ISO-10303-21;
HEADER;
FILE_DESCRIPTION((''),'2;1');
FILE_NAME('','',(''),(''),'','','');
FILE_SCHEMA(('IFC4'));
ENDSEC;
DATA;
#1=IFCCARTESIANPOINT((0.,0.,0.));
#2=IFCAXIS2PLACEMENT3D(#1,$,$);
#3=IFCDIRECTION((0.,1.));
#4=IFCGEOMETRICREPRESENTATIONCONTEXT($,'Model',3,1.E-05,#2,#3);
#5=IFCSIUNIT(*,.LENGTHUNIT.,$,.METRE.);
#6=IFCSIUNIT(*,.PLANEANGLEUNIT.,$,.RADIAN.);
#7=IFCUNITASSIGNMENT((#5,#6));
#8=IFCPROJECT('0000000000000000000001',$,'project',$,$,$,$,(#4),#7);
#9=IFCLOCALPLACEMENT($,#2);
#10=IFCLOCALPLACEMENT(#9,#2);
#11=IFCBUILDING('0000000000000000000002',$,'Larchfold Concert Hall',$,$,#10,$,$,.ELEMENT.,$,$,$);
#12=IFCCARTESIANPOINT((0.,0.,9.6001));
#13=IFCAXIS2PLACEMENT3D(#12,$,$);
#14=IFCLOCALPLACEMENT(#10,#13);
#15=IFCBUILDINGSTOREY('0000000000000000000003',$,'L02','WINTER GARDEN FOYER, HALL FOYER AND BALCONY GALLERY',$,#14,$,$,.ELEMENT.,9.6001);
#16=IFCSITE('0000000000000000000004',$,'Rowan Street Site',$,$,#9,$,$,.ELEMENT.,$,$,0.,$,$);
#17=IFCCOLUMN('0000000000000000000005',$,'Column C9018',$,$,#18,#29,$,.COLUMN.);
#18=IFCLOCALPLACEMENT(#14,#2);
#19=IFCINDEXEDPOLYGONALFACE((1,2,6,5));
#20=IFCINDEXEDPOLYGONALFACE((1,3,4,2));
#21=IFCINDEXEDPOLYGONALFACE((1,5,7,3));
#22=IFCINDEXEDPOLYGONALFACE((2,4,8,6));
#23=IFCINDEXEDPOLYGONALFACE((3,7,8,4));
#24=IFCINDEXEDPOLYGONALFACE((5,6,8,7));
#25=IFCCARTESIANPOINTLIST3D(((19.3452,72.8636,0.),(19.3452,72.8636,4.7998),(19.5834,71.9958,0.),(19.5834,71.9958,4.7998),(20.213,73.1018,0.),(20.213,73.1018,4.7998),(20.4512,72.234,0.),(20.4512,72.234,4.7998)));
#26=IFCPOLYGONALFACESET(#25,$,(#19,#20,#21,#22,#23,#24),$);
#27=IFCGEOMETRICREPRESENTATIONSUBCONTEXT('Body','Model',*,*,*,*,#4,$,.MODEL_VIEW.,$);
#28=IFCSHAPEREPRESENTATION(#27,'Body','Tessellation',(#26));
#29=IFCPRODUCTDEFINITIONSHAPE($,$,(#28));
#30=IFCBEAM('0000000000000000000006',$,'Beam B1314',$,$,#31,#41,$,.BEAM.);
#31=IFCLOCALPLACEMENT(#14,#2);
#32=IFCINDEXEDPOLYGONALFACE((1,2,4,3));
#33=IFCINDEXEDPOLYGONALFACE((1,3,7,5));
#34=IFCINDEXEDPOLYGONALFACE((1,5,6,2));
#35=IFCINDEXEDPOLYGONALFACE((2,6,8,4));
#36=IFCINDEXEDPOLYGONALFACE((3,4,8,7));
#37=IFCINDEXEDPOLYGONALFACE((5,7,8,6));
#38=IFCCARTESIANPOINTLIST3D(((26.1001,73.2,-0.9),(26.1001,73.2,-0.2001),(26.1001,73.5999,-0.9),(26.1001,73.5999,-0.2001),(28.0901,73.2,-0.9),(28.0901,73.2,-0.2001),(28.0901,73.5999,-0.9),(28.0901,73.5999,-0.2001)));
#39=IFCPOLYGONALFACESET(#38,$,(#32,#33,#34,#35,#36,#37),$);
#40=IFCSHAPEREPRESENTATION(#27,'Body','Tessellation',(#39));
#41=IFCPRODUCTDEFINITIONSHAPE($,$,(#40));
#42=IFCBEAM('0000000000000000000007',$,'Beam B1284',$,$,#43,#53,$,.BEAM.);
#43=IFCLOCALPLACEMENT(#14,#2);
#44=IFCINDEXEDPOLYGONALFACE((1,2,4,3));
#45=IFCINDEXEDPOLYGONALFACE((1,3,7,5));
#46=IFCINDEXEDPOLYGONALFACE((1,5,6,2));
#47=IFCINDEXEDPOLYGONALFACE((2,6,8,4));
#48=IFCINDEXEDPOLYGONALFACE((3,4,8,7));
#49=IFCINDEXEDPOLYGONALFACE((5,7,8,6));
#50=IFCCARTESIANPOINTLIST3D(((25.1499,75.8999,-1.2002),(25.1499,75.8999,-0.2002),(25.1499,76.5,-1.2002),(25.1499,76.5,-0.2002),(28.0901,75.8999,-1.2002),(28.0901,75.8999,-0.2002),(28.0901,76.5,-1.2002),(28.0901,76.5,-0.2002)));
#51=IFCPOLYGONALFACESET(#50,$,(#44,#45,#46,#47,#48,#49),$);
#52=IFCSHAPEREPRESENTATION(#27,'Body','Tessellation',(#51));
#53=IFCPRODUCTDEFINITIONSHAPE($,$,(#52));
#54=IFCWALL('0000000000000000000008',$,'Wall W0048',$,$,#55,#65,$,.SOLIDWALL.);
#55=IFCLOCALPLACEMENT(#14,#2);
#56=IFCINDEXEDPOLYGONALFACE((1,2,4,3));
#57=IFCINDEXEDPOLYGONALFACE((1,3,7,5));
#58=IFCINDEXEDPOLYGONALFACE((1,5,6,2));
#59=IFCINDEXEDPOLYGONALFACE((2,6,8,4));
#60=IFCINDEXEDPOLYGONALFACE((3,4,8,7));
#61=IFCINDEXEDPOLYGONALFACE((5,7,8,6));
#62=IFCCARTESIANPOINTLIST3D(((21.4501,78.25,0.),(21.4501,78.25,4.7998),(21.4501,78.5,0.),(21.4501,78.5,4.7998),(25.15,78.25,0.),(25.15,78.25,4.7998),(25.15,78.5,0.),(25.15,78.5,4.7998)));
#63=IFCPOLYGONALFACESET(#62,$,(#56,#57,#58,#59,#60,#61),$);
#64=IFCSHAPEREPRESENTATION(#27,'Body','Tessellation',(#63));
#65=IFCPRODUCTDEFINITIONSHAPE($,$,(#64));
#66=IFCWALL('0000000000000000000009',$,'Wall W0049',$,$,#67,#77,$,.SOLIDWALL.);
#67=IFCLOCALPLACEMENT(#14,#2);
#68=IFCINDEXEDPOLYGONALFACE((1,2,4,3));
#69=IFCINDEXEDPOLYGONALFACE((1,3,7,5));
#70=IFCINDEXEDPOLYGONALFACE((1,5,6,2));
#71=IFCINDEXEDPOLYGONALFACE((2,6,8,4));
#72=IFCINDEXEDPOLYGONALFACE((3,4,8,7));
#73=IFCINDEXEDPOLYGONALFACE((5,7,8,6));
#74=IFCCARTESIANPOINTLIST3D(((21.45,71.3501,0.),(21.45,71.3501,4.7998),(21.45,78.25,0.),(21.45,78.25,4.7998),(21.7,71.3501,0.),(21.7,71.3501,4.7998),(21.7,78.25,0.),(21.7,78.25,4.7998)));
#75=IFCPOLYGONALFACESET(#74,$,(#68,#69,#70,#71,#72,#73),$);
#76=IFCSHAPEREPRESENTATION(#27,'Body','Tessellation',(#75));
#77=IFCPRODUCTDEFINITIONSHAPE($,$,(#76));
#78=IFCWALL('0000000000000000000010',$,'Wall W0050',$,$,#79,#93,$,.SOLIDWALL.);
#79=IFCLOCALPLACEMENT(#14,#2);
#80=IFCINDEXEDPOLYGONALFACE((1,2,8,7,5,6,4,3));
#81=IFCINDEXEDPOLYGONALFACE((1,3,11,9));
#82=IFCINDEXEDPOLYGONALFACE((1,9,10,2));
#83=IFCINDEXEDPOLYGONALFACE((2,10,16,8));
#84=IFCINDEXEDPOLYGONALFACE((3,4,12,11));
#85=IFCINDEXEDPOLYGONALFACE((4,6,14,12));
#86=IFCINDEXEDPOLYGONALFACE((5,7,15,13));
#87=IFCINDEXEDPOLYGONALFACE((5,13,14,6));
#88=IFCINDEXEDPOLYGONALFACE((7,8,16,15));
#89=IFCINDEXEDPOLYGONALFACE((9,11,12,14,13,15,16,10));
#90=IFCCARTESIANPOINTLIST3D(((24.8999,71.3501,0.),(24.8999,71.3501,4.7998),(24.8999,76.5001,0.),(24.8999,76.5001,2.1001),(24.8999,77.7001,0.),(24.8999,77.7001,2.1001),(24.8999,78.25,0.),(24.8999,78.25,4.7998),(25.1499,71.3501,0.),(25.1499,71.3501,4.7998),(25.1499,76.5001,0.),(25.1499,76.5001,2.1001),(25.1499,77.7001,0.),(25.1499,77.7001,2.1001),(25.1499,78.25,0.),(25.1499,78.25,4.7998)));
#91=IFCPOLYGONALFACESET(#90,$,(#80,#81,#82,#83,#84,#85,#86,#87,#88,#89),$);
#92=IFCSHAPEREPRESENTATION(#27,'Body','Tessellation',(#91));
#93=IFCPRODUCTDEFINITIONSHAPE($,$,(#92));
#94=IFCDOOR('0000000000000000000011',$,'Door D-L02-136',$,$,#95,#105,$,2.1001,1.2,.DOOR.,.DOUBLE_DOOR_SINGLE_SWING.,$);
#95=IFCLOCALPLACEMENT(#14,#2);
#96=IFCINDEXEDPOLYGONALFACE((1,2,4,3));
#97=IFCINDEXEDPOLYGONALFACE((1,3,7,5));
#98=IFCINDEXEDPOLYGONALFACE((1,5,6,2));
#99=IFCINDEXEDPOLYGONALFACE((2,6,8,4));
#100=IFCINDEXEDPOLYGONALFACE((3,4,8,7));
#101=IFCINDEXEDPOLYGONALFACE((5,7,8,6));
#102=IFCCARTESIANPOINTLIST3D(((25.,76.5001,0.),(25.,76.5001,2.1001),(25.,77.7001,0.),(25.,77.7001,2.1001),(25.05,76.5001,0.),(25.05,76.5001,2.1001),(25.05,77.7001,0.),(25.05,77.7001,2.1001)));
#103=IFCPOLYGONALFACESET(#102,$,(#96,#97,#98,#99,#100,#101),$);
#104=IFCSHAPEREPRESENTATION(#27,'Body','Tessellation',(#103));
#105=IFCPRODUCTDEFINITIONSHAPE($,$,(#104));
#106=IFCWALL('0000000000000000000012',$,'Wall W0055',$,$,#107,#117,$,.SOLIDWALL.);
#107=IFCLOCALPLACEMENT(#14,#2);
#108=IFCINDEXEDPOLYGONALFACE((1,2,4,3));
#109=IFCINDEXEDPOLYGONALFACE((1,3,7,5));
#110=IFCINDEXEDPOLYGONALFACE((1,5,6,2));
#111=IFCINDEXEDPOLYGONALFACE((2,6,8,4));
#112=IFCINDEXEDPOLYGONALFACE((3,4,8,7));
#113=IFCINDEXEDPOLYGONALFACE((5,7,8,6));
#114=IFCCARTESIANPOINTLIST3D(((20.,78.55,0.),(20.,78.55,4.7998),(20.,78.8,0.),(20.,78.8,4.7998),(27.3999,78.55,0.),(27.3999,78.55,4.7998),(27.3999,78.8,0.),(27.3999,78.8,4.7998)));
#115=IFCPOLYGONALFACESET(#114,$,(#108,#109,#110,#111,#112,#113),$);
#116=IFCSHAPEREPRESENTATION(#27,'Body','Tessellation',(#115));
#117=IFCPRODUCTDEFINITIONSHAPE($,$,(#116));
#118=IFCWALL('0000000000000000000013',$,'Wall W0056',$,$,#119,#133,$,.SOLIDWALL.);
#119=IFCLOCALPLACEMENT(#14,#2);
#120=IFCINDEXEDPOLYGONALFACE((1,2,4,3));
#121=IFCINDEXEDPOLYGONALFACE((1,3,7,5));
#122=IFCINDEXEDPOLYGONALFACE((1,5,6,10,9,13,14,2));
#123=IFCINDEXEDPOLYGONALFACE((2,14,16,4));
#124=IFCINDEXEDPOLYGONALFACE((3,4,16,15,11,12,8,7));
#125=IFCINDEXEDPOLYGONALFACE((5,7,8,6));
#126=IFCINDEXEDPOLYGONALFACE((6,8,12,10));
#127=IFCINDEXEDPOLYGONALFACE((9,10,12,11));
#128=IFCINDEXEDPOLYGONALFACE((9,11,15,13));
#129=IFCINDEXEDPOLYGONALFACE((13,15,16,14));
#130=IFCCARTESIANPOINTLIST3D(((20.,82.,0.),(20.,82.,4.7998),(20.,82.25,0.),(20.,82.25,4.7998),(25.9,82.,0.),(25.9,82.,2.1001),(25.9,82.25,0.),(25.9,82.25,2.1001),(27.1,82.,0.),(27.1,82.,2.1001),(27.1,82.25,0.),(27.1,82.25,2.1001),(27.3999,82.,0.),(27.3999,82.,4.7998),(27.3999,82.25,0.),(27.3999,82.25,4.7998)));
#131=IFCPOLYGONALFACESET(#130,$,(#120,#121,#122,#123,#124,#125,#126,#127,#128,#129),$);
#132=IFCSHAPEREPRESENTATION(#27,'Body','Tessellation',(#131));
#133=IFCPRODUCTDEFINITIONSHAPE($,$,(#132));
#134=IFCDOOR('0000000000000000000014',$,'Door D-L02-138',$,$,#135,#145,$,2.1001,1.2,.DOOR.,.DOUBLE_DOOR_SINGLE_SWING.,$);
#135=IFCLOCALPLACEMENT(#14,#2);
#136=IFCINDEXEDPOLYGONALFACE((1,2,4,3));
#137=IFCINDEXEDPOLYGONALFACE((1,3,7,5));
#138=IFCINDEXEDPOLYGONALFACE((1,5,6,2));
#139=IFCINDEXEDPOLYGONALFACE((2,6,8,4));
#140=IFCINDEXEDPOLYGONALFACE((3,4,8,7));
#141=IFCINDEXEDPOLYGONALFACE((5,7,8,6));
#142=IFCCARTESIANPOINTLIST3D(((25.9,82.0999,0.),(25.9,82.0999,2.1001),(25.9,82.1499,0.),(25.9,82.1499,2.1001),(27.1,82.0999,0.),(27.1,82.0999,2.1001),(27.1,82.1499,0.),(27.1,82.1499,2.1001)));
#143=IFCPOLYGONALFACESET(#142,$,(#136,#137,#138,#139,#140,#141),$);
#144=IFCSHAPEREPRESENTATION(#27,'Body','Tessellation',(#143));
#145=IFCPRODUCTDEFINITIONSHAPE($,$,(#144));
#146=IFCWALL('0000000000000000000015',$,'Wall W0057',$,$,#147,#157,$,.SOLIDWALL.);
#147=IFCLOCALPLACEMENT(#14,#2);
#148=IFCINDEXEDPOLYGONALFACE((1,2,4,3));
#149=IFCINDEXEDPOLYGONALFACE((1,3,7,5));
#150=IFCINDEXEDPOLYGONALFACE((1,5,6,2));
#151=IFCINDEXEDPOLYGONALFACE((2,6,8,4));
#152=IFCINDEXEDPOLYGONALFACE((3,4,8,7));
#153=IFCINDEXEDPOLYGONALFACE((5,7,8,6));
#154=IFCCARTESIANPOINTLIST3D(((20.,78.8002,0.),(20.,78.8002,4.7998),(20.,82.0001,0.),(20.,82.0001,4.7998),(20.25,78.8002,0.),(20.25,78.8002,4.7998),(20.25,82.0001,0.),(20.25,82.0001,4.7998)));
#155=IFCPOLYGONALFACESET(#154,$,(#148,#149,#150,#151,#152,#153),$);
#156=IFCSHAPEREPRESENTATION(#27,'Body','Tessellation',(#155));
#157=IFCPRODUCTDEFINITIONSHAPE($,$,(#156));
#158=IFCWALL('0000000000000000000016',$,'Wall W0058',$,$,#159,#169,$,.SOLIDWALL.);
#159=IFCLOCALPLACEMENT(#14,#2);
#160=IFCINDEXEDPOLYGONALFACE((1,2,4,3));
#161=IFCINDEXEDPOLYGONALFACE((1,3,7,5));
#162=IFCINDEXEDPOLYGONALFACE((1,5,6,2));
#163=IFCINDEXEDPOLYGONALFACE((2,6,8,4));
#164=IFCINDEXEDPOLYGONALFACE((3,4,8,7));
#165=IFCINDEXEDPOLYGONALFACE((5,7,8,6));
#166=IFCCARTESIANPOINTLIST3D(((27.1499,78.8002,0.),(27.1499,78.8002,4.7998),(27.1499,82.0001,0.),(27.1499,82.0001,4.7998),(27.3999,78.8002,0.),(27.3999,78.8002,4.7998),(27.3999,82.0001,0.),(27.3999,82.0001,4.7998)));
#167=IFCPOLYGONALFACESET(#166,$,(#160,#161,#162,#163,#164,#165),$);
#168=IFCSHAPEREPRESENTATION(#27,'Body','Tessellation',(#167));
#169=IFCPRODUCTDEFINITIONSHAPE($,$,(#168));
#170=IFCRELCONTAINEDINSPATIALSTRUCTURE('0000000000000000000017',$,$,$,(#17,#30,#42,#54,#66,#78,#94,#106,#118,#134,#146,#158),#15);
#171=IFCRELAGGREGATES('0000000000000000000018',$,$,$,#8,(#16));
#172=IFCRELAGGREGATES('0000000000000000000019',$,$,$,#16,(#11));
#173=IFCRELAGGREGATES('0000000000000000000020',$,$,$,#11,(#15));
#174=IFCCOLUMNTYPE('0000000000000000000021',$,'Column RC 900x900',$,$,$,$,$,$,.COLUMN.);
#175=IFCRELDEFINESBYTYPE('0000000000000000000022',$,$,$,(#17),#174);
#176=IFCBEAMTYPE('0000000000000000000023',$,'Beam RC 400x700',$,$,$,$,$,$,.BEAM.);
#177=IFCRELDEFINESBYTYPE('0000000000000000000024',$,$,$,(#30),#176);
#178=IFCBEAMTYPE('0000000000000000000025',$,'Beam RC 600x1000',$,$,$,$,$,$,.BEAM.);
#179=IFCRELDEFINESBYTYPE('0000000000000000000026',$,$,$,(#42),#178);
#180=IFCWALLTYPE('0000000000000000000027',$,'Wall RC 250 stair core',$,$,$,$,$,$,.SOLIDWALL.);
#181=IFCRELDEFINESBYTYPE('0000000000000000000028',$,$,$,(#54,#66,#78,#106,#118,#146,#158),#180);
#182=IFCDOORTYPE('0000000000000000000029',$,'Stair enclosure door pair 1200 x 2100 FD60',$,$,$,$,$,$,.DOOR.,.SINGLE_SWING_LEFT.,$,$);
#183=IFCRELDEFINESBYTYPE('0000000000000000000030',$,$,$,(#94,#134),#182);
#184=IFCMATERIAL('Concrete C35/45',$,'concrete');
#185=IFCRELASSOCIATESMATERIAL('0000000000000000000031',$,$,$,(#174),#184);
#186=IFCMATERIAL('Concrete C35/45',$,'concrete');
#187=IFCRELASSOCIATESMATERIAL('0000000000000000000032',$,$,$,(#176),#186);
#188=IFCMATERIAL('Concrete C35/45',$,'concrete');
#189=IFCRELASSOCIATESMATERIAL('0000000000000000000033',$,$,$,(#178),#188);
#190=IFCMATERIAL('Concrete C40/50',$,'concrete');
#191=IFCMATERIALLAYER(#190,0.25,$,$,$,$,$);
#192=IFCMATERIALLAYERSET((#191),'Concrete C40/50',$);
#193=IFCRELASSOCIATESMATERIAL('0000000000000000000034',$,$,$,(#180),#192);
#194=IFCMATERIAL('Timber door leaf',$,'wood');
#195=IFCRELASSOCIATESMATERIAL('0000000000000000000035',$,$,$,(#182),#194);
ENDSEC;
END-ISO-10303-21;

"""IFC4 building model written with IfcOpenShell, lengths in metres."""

from ifc_helpers import new_model, si_unit, direction, frame, frame_2d, origin, origin_2d, place, context, subcontext, project, spatial, rectangle, extrude, material, layer, layer_set, material_profile, profile_set, type_object, element, fill, save


model = new_model("IFC4")

# Units and contexts
model_context = context("Model", 3, precision=1e-05, world=origin(), true_north=direction((0.0, 1.0)))
body_context = subcontext(model_context, "Body", "Model", "MODEL_VIEW")
ifc_project = project(units=[si_unit("LENGTHUNIT", "METRE"), si_unit("PLANEANGLEUNIT", "RADIAN")], contexts=[model_context])

# Site, building, storey
site_placement = place(None, origin())
site = spatial("IfcSite", under=ifc_project, at=site_placement, Name="Rowan Street Site", CompositionType="ELEMENT", RefElevation=0.0)
building_placement = place(site_placement, origin())
building = spatial("IfcBuilding", under=site, at=building_placement, Name="Larchfold Concert Hall", CompositionType="ELEMENT")
storey_placement = place(building_placement, frame((0.0, 0.0, 9.6001)))
storey = spatial("IfcBuildingStorey", under=building, at=storey_placement, Name="L02", Description="WINTER GARDEN FOYER, HALL FOYER AND BALCONY GALLERY", CompositionType="ELEMENT", Elevation=9.6001)

# Column
ifc_material_1 = material(Name="Concrete C35/45", Category="concrete")
ifc_material_profile_1 = material_profile(ifc_material_1, rectangle(XDim=0.8999, YDim=0.8999, at=origin_2d()))
ifc_profile_set_1 = profile_set([ifc_material_profile_1], Name="Concrete C35/45")
column_type = type_object("IfcColumnType", Name="Column RC 900x900", PredefinedType="COLUMN", material=ifc_profile_set_1)
column_placement = place(storey_placement, frame((19.8982, 72.5488, 0.0), z_axis=(0.0, 0.0, 1.0), x_axis=(0.964324, 0.264726, 0.0)))
element("IfcColumn", 1, at=column_placement, inside=storey, type_object=column_type, Name="Column C9018", PredefinedType="COLUMN", context=body_context, shape_type="SweptSolid", body=[
    extrude(rectangle(XDim=0.8999, YDim=0.8999, at=origin_2d()), origin(), (0.0, 0.0, 1.0), 4.7998),
])

# Beams
ifc_material_2 = material(Name="Concrete C35/45", Category="concrete")
ifc_material_profile_2 = material_profile(ifc_material_2, rectangle(XDim=0.3999, YDim=0.7, at=origin_2d()))
ifc_profile_set_2 = profile_set([ifc_material_profile_2], Name="Concrete C35/45")
beam_type_1 = type_object("IfcBeamType", Name="Beam RC 400x700", PredefinedType="BEAM", material=ifc_profile_set_2)
beam_1_placement = place(storey_placement, frame((26.1001, 73.3999, -0.55), z_axis=(1.0, 0.0, 0.0), x_axis=(0.0, 1.0, 0.0)))
element("IfcBeam", 2, at=beam_1_placement, inside=storey, type_object=beam_type_1, Name="Beam B1314", PredefinedType="BEAM", context=body_context, shape_type="SweptSolid", body=[
    extrude(rectangle(XDim=0.3999, YDim=0.7, at=origin_2d()), origin(), (0.0, 0.0, 1.0), 1.99),
])
ifc_material_3 = material(Name="Concrete C35/45", Category="concrete")
ifc_material_profile_3 = material_profile(ifc_material_3, rectangle(XDim=0.6001, YDim=1.0, at=origin_2d()))
ifc_profile_set_3 = profile_set([ifc_material_profile_3], Name="Concrete C35/45")
beam_type_2 = type_object("IfcBeamType", Name="Beam RC 600x1000", PredefinedType="BEAM", material=ifc_profile_set_3)
beam_2_placement = place(storey_placement, frame((25.1499, 76.2, -0.7002), z_axis=(1.0, 0.0, 0.0), x_axis=(0.0, 1.0, 0.0)))
element("IfcBeam", 3, at=beam_2_placement, inside=storey, type_object=beam_type_2, Name="Beam B1284", PredefinedType="BEAM", context=body_context, shape_type="SweptSolid", body=[
    extrude(rectangle(XDim=0.6001, YDim=1.0, at=origin_2d()), origin(), (0.0, 0.0, 1.0), 2.9402),
])

# Walls
ifc_material_4 = material(Name="Concrete C40/50", Category="concrete")
ifc_layer = layer(ifc_material_4, 0.25)
ifc_layer_set = layer_set([ifc_layer], Name="Concrete C40/50")
wall_type = type_object("IfcWallType", Name="Wall RC 250 stair core", PredefinedType="SOLIDWALL", material=ifc_layer_set)
wall_1_placement = place(storey_placement, frame((21.45, 78.375, 0.0), z_axis=(0.0, 0.0, 1.0), x_axis=(1.0, 0.0, 0.0)))
element("IfcWall", 4, at=wall_1_placement, inside=storey, type_object=wall_type, Name="Wall W0048", PredefinedType="SOLIDWALL", context=body_context, shape_type="SweptSolid", body=[
    extrude(rectangle(XDim=3.7, YDim=0.25, at=frame_2d((1.8501, 0.0))), origin(), (0.0, 0.0, 1.0), 4.7998),
])
wall_2_placement = place(storey_placement, frame((21.575, 71.3501, 0.0), z_axis=(0.0, 0.0, 1.0), x_axis=(0.0, 1.0, 0.0)))
element("IfcWall", 5, at=wall_2_placement, inside=storey, type_object=wall_type, Name="Wall W0049", PredefinedType="SOLIDWALL", context=body_context, shape_type="SweptSolid", body=[
    extrude(rectangle(XDim=6.8999, YDim=0.25, at=frame_2d((3.45, 0.0))), origin(), (0.0, 0.0, 1.0), 4.7998),
])

# Wall, opening, door
wall_3_placement = place(storey_placement, frame((25.0249, 71.3501, 0.0), z_axis=(0.0, 0.0, 1.0), x_axis=(0.0, 1.0, 0.0)))
wall_3 = element("IfcWall", 6, at=wall_3_placement, inside=storey, type_object=wall_type, Name="Wall W0050", PredefinedType="SOLIDWALL", context=body_context, shape_type="SweptSolid", body=[
    extrude(rectangle(XDim=6.8999, YDim=0.25, at=frame_2d((3.45, 0.0))), origin(), (0.0, 0.0, 1.0), 4.7998),
])
opening_1_placement = place(wall_3_placement, frame((5.1499, 0.0, 0.0)))
opening_1 = element("IfcOpeningElement", 7, at=opening_1_placement, cuts=wall_3, PredefinedType="OPENING", context=body_context, shape_type="SweptSolid", body=[
    extrude(rectangle(XDim=1.2, YDim=2.1001, at=frame_2d((0.6001, 1.05))), frame((0.0, 0.135, 0.0), z_axis=(0.0, -1.0, 0.0), x_axis=(1.0, 0.0, 0.0)), (0.0, 0.0, 1.0), 0.27),
])
ifc_material_5 = material(Name="Timber door leaf", Category="wood")
door_type = type_object("IfcDoorType", Name="Stair enclosure door pair 1200 x 2100 FD60", OperationType="SINGLE_SWING_LEFT", PredefinedType="DOOR", material=ifc_material_5)
door_1_placement = place(opening_1_placement, origin())
door_1 = element("IfcDoor", 8, at=door_1_placement, inside=storey, type_object=door_type, Name="Door D-L02-136", OperationType="DOUBLE_DOOR_SINGLE_SWING", OverallHeight=2.1001, OverallWidth=1.2, PredefinedType="DOOR", context=body_context, shape_type="SweptSolid", body=[
    extrude(rectangle(XDim=1.2, YDim=2.1001, at=frame_2d((0.6001, 1.05))), frame((0.0, 0.0249, 0.0), z_axis=(0.0, -1.0, 0.0), x_axis=(1.0, 0.0, 0.0)), (0.0, 0.0, 1.0), 0.05),
])
fill(opening_1, door_1)

# Wall
wall_4_placement = place(storey_placement, frame((20.0, 78.675, 0.0), z_axis=(0.0, 0.0, 1.0), x_axis=(1.0, 0.0, 0.0)))
element("IfcWall", 9, at=wall_4_placement, inside=storey, type_object=wall_type, Name="Wall W0055", PredefinedType="SOLIDWALL", context=body_context, shape_type="SweptSolid", body=[
    extrude(rectangle(XDim=7.3999, YDim=0.25, at=frame_2d((3.7, 0.0))), origin(), (0.0, 0.0, 1.0), 4.7998),
])

# Wall, opening, door
wall_5_placement = place(storey_placement, frame((20.0, 82.125, 0.0), z_axis=(0.0, 0.0, 1.0), x_axis=(1.0, 0.0, 0.0)))
wall_5 = element("IfcWall", 10, at=wall_5_placement, inside=storey, type_object=wall_type, Name="Wall W0056", PredefinedType="SOLIDWALL", context=body_context, shape_type="SweptSolid", body=[
    extrude(rectangle(XDim=7.3999, YDim=0.25, at=frame_2d((3.7, 0.0))), origin(), (0.0, 0.0, 1.0), 4.7998),
])
opening_2_placement = place(wall_5_placement, frame((5.8999, 0.0, 0.0)))
opening_2 = element("IfcOpeningElement", 11, at=opening_2_placement, cuts=wall_5, PredefinedType="OPENING", context=body_context, shape_type="SweptSolid", body=[
    extrude(rectangle(XDim=1.2, YDim=2.1001, at=frame_2d((0.6001, 1.05))), frame((0.0, 0.135, 0.0), z_axis=(0.0, -1.0, 0.0), x_axis=(1.0, 0.0, 0.0)), (0.0, 0.0, 1.0), 0.27),
])
door_2_placement = place(opening_2_placement, origin())
door_2 = element("IfcDoor", 12, at=door_2_placement, inside=storey, type_object=door_type, Name="Door D-L02-138", OperationType="DOUBLE_DOOR_SINGLE_SWING", OverallHeight=2.1001, OverallWidth=1.2, PredefinedType="DOOR", context=body_context, shape_type="SweptSolid", body=[
    extrude(rectangle(XDim=1.2, YDim=2.1001, at=frame_2d((0.6001, 1.05))), frame((0.0, 0.0249, 0.0), z_axis=(0.0, -1.0, 0.0), x_axis=(1.0, 0.0, 0.0)), (0.0, 0.0, 1.0), 0.05),
])
fill(opening_2, door_2)

# Walls
for number, where, z_axis, x_axis, name in (
    (13, (20.125, 78.8, 0.0), (0.0, 0.0, 1.0), (0.0, 1.0, 0.0), "Wall W0057"),
    (14, (27.2749, 78.8, 0.0), (0.0, 0.0, 1.0), (0.0, 1.0, 0.0), "Wall W0058"),
):
    element("IfcWall", number, at=place(storey_placement, frame(where, z_axis=z_axis, x_axis=x_axis)), inside=storey, type_object=wall_type, Name=name, PredefinedType="SOLIDWALL", context=body_context, shape_type="SweptSolid", body=[
        extrude(rectangle(XDim=3.2, YDim=0.25, at=frame_2d((1.6001, 0.0))), origin(), (0.0, 0.0, 1.0), 4.7998),
    ])

save(model, "model.ifc")
